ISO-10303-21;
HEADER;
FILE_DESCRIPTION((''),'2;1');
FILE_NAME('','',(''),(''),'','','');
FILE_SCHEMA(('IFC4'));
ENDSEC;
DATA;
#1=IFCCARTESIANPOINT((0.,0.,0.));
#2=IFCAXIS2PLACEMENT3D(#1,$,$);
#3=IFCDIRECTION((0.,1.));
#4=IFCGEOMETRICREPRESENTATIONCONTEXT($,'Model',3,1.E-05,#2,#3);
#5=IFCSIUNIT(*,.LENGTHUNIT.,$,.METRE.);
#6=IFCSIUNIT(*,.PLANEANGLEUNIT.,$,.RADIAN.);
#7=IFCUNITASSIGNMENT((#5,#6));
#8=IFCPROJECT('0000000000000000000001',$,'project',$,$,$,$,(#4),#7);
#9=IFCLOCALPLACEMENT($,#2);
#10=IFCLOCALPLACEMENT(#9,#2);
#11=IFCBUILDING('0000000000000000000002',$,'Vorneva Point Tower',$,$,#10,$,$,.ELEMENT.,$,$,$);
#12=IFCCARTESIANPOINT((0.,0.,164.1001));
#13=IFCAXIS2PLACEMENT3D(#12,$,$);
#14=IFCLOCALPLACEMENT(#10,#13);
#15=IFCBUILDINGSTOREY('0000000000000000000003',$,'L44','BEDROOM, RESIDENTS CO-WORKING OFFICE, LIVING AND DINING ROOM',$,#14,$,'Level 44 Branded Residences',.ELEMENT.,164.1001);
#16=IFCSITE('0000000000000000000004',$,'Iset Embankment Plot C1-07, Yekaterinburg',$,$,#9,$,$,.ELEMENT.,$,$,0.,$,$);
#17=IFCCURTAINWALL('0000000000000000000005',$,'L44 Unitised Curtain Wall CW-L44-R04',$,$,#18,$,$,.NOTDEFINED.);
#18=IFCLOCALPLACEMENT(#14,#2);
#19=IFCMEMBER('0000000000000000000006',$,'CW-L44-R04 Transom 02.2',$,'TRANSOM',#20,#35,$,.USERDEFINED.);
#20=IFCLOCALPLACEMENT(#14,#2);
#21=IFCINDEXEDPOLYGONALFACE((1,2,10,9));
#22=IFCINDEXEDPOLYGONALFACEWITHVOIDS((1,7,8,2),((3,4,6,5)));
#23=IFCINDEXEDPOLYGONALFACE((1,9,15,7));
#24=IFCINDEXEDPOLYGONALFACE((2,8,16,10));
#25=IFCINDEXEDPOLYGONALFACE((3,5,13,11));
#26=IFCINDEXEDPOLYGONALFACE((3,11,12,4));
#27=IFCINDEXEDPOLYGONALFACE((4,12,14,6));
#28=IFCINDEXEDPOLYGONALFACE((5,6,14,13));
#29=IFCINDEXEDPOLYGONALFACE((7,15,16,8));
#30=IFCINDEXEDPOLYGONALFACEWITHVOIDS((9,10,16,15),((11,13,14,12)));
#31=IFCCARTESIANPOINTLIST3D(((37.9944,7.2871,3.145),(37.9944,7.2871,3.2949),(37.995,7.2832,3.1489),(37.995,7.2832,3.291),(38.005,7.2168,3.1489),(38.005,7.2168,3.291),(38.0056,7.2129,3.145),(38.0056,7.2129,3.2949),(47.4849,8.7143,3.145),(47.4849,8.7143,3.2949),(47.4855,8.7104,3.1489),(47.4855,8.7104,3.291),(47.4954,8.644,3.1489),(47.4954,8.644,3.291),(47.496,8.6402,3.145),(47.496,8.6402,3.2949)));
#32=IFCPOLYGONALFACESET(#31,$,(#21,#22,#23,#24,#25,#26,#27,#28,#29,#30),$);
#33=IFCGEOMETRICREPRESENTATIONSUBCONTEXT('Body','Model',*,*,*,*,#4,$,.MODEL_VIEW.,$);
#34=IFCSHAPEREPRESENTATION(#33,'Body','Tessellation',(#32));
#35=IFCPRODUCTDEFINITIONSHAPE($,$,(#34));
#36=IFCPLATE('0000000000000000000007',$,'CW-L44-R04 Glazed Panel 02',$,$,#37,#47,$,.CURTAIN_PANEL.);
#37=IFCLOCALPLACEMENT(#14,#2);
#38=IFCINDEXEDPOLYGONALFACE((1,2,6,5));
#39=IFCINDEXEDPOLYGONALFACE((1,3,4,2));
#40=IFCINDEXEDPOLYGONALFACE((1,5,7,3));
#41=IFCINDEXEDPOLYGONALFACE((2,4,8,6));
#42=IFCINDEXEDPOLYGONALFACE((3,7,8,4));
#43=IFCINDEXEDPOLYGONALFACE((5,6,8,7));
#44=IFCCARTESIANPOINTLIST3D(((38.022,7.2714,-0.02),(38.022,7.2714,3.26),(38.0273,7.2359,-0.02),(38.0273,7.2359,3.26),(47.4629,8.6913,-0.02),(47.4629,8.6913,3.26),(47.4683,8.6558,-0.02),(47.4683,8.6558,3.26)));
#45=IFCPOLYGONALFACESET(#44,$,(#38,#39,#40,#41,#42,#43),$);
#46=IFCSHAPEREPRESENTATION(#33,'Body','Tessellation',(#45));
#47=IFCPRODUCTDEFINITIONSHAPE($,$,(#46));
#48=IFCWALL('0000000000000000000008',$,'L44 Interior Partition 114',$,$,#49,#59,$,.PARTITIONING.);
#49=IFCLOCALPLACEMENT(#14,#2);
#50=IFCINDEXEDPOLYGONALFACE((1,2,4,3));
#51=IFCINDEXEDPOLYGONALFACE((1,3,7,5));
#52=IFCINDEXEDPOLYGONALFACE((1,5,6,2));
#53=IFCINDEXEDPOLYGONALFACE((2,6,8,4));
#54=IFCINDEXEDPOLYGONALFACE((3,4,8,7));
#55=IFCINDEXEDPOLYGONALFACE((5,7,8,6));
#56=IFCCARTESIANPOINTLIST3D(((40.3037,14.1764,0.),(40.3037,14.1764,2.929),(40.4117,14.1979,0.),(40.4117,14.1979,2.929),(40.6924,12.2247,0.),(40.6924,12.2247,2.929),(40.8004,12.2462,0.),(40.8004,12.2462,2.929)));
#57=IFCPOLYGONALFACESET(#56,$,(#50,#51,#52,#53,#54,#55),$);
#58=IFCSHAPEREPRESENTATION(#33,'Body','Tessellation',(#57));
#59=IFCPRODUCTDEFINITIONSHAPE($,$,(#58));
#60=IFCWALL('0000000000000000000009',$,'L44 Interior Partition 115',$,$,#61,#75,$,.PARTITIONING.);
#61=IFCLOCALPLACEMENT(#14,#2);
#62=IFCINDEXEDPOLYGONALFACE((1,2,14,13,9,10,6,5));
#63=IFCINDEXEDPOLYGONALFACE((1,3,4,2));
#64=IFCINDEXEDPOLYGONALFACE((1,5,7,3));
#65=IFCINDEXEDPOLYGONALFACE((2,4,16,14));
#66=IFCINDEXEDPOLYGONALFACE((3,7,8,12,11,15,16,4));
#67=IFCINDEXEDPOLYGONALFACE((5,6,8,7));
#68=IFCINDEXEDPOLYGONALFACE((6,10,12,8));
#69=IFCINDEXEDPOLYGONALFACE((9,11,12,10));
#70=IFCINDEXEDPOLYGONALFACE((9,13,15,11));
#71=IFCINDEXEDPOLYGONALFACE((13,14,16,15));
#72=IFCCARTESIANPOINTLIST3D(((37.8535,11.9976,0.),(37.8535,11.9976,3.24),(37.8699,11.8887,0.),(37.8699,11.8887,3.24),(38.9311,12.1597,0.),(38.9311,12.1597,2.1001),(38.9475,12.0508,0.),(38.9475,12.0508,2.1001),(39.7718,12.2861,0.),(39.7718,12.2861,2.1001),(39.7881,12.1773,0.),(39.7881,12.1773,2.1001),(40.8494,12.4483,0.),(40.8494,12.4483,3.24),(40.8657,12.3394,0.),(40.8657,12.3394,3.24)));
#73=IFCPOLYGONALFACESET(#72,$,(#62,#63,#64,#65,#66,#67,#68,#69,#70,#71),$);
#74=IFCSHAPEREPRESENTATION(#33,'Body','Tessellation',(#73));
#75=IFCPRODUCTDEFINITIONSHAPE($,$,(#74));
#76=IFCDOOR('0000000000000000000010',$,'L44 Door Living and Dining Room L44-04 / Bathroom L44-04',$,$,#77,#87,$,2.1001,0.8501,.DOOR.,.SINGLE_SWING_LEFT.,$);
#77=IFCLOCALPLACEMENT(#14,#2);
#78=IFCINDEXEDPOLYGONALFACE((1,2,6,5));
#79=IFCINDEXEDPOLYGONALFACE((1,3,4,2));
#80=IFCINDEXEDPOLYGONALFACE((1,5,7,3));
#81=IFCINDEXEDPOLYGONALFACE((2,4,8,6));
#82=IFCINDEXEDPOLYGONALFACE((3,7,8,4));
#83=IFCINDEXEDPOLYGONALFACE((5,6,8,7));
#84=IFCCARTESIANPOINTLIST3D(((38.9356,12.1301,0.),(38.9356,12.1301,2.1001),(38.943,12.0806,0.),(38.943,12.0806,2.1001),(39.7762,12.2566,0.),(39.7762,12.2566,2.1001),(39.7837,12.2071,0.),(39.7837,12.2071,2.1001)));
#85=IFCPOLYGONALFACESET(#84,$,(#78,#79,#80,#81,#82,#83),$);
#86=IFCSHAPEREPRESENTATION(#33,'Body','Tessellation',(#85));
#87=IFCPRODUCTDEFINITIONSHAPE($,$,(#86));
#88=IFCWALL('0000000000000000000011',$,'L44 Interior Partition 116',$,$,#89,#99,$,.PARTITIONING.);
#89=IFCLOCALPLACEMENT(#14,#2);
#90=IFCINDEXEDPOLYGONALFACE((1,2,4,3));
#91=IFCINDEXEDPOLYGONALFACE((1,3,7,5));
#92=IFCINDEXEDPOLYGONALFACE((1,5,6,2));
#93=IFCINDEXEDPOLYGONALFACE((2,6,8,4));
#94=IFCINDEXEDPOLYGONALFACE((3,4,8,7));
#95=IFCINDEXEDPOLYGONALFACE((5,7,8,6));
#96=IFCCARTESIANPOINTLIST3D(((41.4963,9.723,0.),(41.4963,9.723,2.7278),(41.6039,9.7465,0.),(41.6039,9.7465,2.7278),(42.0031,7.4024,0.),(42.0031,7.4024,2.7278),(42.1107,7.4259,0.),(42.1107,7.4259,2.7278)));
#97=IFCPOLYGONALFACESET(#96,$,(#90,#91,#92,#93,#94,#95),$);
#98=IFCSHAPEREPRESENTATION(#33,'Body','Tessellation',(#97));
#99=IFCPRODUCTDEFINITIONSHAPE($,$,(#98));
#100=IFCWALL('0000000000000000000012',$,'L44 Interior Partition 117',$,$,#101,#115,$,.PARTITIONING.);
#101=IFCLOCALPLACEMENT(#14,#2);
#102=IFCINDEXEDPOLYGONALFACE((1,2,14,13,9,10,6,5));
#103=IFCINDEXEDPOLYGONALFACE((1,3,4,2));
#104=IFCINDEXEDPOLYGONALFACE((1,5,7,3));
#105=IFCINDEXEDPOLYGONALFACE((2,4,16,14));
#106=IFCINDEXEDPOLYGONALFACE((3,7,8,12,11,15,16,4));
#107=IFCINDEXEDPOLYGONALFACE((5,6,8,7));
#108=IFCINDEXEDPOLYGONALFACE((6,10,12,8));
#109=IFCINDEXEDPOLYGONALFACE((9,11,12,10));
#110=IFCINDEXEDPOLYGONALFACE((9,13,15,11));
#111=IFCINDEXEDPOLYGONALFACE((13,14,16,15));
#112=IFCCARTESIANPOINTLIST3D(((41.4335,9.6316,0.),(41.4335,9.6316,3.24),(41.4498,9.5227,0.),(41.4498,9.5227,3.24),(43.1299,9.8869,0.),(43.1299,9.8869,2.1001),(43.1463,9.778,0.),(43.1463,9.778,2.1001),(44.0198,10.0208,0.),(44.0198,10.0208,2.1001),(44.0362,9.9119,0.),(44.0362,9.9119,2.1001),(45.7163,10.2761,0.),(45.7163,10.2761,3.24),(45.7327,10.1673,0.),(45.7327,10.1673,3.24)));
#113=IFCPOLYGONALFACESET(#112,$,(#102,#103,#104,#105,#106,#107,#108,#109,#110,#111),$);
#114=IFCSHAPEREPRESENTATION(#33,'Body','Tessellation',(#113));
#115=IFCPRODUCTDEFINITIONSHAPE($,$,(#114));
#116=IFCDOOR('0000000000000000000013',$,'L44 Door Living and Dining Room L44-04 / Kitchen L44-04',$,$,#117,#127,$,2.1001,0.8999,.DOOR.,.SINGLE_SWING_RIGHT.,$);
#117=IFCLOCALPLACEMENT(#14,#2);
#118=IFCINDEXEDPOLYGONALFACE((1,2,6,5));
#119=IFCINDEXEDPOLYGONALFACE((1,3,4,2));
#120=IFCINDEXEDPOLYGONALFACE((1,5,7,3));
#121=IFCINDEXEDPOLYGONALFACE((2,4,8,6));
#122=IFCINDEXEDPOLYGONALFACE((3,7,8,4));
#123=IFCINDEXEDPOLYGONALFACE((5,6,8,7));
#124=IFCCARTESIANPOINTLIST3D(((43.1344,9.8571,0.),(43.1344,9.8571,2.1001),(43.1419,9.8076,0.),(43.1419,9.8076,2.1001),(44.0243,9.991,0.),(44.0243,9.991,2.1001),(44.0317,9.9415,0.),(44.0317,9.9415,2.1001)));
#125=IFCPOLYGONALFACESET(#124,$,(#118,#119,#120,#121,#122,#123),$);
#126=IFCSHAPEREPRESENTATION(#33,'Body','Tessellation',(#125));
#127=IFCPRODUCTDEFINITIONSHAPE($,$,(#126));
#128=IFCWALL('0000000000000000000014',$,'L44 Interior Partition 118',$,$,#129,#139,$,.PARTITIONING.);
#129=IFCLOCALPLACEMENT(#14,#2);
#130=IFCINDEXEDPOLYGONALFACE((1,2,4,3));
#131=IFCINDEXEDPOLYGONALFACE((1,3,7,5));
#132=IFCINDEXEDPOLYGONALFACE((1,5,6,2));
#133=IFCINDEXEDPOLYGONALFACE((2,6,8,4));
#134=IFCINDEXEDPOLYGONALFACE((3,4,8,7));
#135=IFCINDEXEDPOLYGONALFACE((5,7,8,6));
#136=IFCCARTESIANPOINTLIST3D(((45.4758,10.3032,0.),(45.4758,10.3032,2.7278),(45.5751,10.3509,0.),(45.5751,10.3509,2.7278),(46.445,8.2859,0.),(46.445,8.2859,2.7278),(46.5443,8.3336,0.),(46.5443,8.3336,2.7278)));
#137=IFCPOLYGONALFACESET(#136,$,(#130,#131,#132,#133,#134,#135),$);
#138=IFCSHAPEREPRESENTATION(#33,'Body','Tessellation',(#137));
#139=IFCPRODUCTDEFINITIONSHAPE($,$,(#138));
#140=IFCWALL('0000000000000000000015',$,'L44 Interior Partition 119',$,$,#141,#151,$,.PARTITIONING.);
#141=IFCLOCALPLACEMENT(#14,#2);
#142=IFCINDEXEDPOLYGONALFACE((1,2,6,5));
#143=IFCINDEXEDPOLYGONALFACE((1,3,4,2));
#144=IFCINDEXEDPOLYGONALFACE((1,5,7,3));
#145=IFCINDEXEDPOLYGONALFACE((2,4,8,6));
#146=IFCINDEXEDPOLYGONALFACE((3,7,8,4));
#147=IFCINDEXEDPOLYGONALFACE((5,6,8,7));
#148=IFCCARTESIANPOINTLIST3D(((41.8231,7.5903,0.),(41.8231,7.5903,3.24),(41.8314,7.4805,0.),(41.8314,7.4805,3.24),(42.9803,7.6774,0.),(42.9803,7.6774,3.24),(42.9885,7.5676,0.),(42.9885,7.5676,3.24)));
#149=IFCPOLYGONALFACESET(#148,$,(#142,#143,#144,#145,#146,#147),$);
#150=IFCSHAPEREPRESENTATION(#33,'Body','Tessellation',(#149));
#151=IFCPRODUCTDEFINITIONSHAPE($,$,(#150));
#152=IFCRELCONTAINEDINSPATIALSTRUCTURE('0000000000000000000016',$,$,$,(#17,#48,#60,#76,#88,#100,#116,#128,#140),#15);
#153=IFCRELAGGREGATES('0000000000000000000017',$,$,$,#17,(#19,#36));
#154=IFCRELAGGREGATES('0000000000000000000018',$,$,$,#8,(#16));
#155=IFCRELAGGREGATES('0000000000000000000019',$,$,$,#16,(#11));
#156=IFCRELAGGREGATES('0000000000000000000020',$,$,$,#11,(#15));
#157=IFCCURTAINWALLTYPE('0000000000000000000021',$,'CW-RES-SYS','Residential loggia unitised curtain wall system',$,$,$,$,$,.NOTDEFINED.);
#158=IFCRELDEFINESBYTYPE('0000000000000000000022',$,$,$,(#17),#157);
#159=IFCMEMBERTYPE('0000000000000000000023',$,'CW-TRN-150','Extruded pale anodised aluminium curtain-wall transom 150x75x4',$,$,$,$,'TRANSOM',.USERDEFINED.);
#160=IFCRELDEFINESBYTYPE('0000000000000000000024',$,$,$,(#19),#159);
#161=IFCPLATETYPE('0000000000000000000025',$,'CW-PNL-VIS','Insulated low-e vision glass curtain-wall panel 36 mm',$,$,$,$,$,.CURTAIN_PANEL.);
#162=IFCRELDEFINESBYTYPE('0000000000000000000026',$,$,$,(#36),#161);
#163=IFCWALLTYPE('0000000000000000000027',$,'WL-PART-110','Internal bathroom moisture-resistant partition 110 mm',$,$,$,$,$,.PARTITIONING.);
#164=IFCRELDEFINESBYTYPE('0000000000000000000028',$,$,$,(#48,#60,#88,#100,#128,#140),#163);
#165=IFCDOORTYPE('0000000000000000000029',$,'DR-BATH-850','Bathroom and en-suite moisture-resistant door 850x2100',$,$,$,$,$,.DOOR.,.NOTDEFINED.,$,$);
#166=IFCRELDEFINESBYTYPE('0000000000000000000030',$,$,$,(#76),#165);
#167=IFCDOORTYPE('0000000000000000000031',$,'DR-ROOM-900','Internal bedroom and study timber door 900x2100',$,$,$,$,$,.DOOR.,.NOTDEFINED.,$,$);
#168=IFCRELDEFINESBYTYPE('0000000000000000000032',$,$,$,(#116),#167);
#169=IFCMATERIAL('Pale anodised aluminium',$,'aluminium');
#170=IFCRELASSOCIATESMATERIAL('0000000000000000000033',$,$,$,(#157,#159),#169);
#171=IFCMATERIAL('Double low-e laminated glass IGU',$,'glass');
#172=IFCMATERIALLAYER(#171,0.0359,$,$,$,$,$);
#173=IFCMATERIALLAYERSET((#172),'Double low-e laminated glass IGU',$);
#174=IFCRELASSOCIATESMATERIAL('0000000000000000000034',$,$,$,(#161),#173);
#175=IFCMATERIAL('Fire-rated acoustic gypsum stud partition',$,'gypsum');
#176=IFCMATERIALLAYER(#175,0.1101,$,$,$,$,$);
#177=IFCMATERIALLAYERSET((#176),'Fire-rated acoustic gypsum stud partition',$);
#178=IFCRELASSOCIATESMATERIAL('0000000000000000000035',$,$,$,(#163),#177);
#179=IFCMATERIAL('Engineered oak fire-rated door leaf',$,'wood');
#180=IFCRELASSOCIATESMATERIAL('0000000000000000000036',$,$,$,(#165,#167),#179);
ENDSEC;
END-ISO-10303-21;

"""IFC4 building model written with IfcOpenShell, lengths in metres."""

from ifc_helpers import new_model, si_unit, direction, frame, frame_2d, origin, origin_2d, place, context, subcontext, project, spatial, rectangle, hollow_rectangle, extrude, material, layer, layer_set, material_profile, profile_set, type_object, element, fill, aggregate, save


model = new_model("IFC4")

# Units and contexts
model_context = context("Model", 3, precision=1e-05, world=origin(), true_north=direction((0.0, 1.0)))
body_context = subcontext(model_context, "Body", "Model", "MODEL_VIEW")
ifc_project = project(units=[si_unit("LENGTHUNIT", "METRE"), si_unit("PLANEANGLEUNIT", "RADIAN")], contexts=[model_context])

# Site, building, storey
site_placement = place(None, origin())
site = spatial("IfcSite", under=ifc_project, at=site_placement, Name="Iset Embankment Plot C1-07, Yekaterinburg", CompositionType="ELEMENT", RefElevation=0.0)
building_placement = place(site_placement, origin())
building = spatial("IfcBuilding", under=site, at=building_placement, Name="Vorneva Point Tower", CompositionType="ELEMENT")
storey_placement = place(building_placement, frame((0.0, 0.0, 164.1001)))
storey = spatial("IfcBuildingStorey", under=building, at=storey_placement, Name="L44", Description="BEDROOM, RESIDENTS CO-WORKING OFFICE, LIVING AND DINING ROOM", LongName="Level 44 Branded Residences", CompositionType="ELEMENT", Elevation=164.1001)

# Curtain wall, member, plate
ifc_material_1 = material(Name="Pale anodised aluminium", Category="aluminium")
curtain_wall_type = type_object("IfcCurtainWallType", Name="CW-RES-SYS", Description="Residential loggia unitised curtain wall system", PredefinedType="NOTDEFINED", material=ifc_material_1)
curtain_wall_placement = place(storey_placement, origin())
curtain_wall = element("IfcCurtainWall", 1, at=curtain_wall_placement, inside=storey, type_object=curtain_wall_type, Name="L44 Unitised Curtain Wall CW-L44-R04", PredefinedType="NOTDEFINED")
ifc_material_profile_1 = material_profile(ifc_material_1, hollow_rectangle(XDim=0.075, YDim=0.1499, WallThickness=0.0039, at=origin_2d()), Name="AL-TRN 150x75x4")
ifc_profile_set_1 = profile_set([ifc_material_profile_1], Name="Pale anodised aluminium")
member_type_1 = type_object("IfcMemberType", Name="CW-TRN-150", Description="Extruded pale anodised aluminium curtain-wall transom 150x75x4", ElementType="TRANSOM", PredefinedType="USERDEFINED", material=ifc_profile_set_1)
member_1_placement = place(storey_placement, frame((38.0, 7.25, 3.22), z_axis=(0.98888, 0.148715, 0.0), x_axis=(-0.148715, 0.98888, 0.0)))
member_1 = element("IfcMember", 2, at=member_1_placement, type_object=member_type_1, Name="CW-L44-R04 Transom 02.2", ObjectType="TRANSOM", PredefinedType="USERDEFINED", context=body_context, shape_type="SweptSolid", body=[
    extrude(hollow_rectangle(XDim=0.075, YDim=0.1499, WallThickness=0.0039, at=origin_2d()), origin(), (0.0, 0.0, 1.0), 9.5972),
])
ifc_material_2 = material(Name="Double low-e laminated glass IGU", Category="glass")
ifc_layer_1 = layer(ifc_material_2, 0.0359)
ifc_layer_set_1 = layer_set([ifc_layer_1], Name="Double low-e laminated glass IGU")
plate_type = type_object("IfcPlateType", Name="CW-PNL-VIS", Description="Insulated low-e vision glass curtain-wall panel 36 mm", PredefinedType="CURTAIN_PANEL", material=ifc_layer_set_1)
plate_placement = place(storey_placement, frame((42.7451, 7.9636, -0.02), z_axis=(0.0, 0.0, 1.0), x_axis=(0.988879, 0.148724, 0.0)))
plate = element("IfcPlate", 3, at=plate_placement, type_object=plate_type, Name="CW-L44-R04 Glazed Panel 02", PredefinedType="CURTAIN_PANEL", context=body_context, shape_type="SweptSolid", body=[
    extrude(rectangle(XDim=9.5471, YDim=0.0359, at=origin_2d()), origin(), (0.0, 0.0, 1.0), 3.28),
])
aggregate(curtain_wall, [member_1, plate])

# Wall
ifc_material_3 = material(Name="Fire-rated acoustic gypsum stud partition", Category="gypsum")
ifc_layer_2 = layer(ifc_material_3, 0.1101)
ifc_layer_set_2 = layer_set([ifc_layer_2], Name="Fire-rated acoustic gypsum stud partition")
wall_type_1 = type_object("IfcWallType", Name="WL-PART-110", Description="Internal bathroom moisture-resistant partition 110 mm", PredefinedType="PARTITIONING", material=ifc_layer_set_2)
wall_1_placement = place(storey_placement, frame((40.3577, 14.1873, 0.0), z_axis=(0.0, 0.0, 1.0), x_axis=(0.195314, -0.980741, 0.0)))
element("IfcWall", 4, at=wall_1_placement, inside=storey, type_object=wall_type_1, Name="L44 Interior Partition 114", PredefinedType="PARTITIONING", context=body_context, shape_type="SweptSolid", body=[
    extrude(rectangle(XDim=1.99, YDim=0.1101, at=frame_2d((0.9951, 0.0))), origin(), (0.0, 0.0, 1.0), 2.929),
])

# Wall, opening, door
wall_2_placement = place(storey_placement, frame((40.8574, 12.3938, 0.0), z_axis=(0.0, 0.0, 1.0), x_axis=(-0.988873, -0.148762, 0.0)))
wall_2 = element("IfcWall", 5, at=wall_2_placement, inside=storey, type_object=wall_type_1, Name="L44 Interior Partition 115", PredefinedType="PARTITIONING", context=body_context, shape_type="SweptSolid", body=[
    extrude(rectangle(XDim=3.0295, YDim=0.1101, at=frame_2d((1.5146, 0.0))), origin(), (0.0, 0.0, 1.0), 3.24),
])
opening_1_placement = place(wall_2_placement, frame((1.0896, 0.0, 0.0)))
opening_1 = element("IfcOpeningElement", 6, at=opening_1_placement, cuts=wall_2, PredefinedType="OPENING", context=body_context, shape_type="SweptSolid", body=[
    extrude(rectangle(XDim=0.8501, YDim=2.1001, at=frame_2d((0.425, 1.05))), frame((0.0, 0.0698, 0.0), z_axis=(0.0, -1.0, 0.0), x_axis=(1.0, 0.0, 0.0)), (0.0, 0.0, 1.0), 0.1399),
])
ifc_material_4 = material(Name="Engineered oak fire-rated door leaf", Category="wood")
door_type_1 = type_object("IfcDoorType", Name="DR-BATH-850", Description="Bathroom and en-suite moisture-resistant door 850x2100", OperationType="NOTDEFINED", PredefinedType="DOOR", material=ifc_material_4)
door_1_placement = place(opening_1_placement, origin())
door_1 = element("IfcDoor", 7, at=door_1_placement, inside=storey, type_object=door_type_1, Name="L44 Door Living and Dining Room L44-04 / Bathroom L44-04", OperationType="SINGLE_SWING_LEFT", OverallHeight=2.1001, OverallWidth=0.8501, PredefinedType="DOOR", context=body_context, shape_type="SweptSolid", body=[
    extrude(rectangle(XDim=0.8501, YDim=2.1001, at=frame_2d((0.425, 1.05))), frame((0.0, 0.0249, 0.0), z_axis=(0.0, -1.0, 0.0), x_axis=(1.0, 0.0, 0.0)), (0.0, 0.0, 1.0), 0.05),
])
fill(opening_1, door_1)

# Wall
wall_3_placement = place(storey_placement, frame((42.0569, 7.4143, 0.0), z_axis=(0.0, 0.0, 1.0), x_axis=(-0.213381, 0.976969, 0.0)))
element("IfcWall", 8, at=wall_3_placement, inside=storey, type_object=wall_type_1, Name="L44 Interior Partition 116", PredefinedType="PARTITIONING", context=body_context, shape_type="SweptSolid", body=[
    extrude(rectangle(XDim=2.3752, YDim=0.1101, at=frame_2d((1.1875, 0.0))), origin(), (0.0, 0.0, 1.0), 2.7278),
])

# Wall, opening, door
wall_4_placement = place(storey_placement, frame((41.4417, 9.5771, 0.0), z_axis=(0.0, 0.0, 1.0), x_axis=(0.988864, 0.14882, 0.0)))
wall_4 = element("IfcWall", 9, at=wall_4_placement, inside=storey, type_object=wall_type_1, Name="L44 Interior Partition 117", PredefinedType="PARTITIONING", context=body_context, shape_type="SweptSolid", body=[
    extrude(rectangle(XDim=4.3311, YDim=0.1101, at=frame_2d((2.1655, 0.0))), origin(), (0.0, 0.0, 1.0), 3.24),
])
opening_2_placement = place(wall_4_placement, frame((1.7156, 0.0, 0.0)))
opening_2 = element("IfcOpeningElement", 10, at=opening_2_placement, cuts=wall_4, PredefinedType="OPENING", context=body_context, shape_type="SweptSolid", body=[
    extrude(rectangle(XDim=0.8999, YDim=2.1001, at=frame_2d((0.45, 1.05))), frame((0.0, 0.0698, 0.0), z_axis=(0.0, -1.0, 0.0), x_axis=(1.0, 0.0, 0.0)), (0.0, 0.0, 1.0), 0.1399),
])
door_type_2 = type_object("IfcDoorType", Name="DR-ROOM-900", Description="Internal bedroom and study timber door 900x2100", OperationType="NOTDEFINED", PredefinedType="DOOR", material=ifc_material_4)
door_2_placement = place(opening_2_placement, origin())
door_2 = element("IfcDoor", 11, at=door_2_placement, inside=storey, type_object=door_type_2, Name="L44 Door Living and Dining Room L44-04 / Kitchen L44-04", OperationType="SINGLE_SWING_RIGHT", OverallHeight=2.1001, OverallWidth=0.8999, PredefinedType="DOOR", context=body_context, shape_type="SweptSolid", body=[
    extrude(rectangle(XDim=0.8999, YDim=2.1001, at=frame_2d((0.45, 1.05))), frame((0.0, 0.0249, 0.0), z_axis=(0.0, -1.0, 0.0), x_axis=(1.0, 0.0, 0.0)), (0.0, 0.0, 1.0), 0.05),
])
fill(opening_2, door_2)

# Walls
wall_5_placement = place(storey_placement, frame((45.5254, 10.3271, 0.0), z_axis=(0.0, 0.0, 1.0), x_axis=(0.433064, -0.901363, 0.0)))
element("IfcWall", 12, at=wall_5_placement, inside=storey, type_object=wall_type_1, Name="L44 Interior Partition 118", PredefinedType="PARTITIONING", context=body_context, shape_type="SweptSolid", body=[
    extrude(rectangle(XDim=2.238, YDim=0.1101, at=frame_2d((1.1191, 0.0))), origin(), (0.0, 0.0, 1.0), 2.7278),
])
wall_6_placement = place(storey_placement, frame((41.8274, 7.5354, 0.0), z_axis=(0.0, 0.0, 1.0), x_axis=(0.997176, 0.075104, 0.0)))
element("IfcWall", 13, at=wall_6_placement, inside=storey, type_object=wall_type_1, Name="L44 Interior Partition 119", PredefinedType="PARTITIONING", context=body_context, shape_type="SweptSolid", body=[
    extrude(rectangle(XDim=1.1604, YDim=0.1101, at=frame_2d((0.5801, 0.0))), origin(), (0.0, 0.0, 1.0), 3.24),
])

save(model, "model.ifc")
